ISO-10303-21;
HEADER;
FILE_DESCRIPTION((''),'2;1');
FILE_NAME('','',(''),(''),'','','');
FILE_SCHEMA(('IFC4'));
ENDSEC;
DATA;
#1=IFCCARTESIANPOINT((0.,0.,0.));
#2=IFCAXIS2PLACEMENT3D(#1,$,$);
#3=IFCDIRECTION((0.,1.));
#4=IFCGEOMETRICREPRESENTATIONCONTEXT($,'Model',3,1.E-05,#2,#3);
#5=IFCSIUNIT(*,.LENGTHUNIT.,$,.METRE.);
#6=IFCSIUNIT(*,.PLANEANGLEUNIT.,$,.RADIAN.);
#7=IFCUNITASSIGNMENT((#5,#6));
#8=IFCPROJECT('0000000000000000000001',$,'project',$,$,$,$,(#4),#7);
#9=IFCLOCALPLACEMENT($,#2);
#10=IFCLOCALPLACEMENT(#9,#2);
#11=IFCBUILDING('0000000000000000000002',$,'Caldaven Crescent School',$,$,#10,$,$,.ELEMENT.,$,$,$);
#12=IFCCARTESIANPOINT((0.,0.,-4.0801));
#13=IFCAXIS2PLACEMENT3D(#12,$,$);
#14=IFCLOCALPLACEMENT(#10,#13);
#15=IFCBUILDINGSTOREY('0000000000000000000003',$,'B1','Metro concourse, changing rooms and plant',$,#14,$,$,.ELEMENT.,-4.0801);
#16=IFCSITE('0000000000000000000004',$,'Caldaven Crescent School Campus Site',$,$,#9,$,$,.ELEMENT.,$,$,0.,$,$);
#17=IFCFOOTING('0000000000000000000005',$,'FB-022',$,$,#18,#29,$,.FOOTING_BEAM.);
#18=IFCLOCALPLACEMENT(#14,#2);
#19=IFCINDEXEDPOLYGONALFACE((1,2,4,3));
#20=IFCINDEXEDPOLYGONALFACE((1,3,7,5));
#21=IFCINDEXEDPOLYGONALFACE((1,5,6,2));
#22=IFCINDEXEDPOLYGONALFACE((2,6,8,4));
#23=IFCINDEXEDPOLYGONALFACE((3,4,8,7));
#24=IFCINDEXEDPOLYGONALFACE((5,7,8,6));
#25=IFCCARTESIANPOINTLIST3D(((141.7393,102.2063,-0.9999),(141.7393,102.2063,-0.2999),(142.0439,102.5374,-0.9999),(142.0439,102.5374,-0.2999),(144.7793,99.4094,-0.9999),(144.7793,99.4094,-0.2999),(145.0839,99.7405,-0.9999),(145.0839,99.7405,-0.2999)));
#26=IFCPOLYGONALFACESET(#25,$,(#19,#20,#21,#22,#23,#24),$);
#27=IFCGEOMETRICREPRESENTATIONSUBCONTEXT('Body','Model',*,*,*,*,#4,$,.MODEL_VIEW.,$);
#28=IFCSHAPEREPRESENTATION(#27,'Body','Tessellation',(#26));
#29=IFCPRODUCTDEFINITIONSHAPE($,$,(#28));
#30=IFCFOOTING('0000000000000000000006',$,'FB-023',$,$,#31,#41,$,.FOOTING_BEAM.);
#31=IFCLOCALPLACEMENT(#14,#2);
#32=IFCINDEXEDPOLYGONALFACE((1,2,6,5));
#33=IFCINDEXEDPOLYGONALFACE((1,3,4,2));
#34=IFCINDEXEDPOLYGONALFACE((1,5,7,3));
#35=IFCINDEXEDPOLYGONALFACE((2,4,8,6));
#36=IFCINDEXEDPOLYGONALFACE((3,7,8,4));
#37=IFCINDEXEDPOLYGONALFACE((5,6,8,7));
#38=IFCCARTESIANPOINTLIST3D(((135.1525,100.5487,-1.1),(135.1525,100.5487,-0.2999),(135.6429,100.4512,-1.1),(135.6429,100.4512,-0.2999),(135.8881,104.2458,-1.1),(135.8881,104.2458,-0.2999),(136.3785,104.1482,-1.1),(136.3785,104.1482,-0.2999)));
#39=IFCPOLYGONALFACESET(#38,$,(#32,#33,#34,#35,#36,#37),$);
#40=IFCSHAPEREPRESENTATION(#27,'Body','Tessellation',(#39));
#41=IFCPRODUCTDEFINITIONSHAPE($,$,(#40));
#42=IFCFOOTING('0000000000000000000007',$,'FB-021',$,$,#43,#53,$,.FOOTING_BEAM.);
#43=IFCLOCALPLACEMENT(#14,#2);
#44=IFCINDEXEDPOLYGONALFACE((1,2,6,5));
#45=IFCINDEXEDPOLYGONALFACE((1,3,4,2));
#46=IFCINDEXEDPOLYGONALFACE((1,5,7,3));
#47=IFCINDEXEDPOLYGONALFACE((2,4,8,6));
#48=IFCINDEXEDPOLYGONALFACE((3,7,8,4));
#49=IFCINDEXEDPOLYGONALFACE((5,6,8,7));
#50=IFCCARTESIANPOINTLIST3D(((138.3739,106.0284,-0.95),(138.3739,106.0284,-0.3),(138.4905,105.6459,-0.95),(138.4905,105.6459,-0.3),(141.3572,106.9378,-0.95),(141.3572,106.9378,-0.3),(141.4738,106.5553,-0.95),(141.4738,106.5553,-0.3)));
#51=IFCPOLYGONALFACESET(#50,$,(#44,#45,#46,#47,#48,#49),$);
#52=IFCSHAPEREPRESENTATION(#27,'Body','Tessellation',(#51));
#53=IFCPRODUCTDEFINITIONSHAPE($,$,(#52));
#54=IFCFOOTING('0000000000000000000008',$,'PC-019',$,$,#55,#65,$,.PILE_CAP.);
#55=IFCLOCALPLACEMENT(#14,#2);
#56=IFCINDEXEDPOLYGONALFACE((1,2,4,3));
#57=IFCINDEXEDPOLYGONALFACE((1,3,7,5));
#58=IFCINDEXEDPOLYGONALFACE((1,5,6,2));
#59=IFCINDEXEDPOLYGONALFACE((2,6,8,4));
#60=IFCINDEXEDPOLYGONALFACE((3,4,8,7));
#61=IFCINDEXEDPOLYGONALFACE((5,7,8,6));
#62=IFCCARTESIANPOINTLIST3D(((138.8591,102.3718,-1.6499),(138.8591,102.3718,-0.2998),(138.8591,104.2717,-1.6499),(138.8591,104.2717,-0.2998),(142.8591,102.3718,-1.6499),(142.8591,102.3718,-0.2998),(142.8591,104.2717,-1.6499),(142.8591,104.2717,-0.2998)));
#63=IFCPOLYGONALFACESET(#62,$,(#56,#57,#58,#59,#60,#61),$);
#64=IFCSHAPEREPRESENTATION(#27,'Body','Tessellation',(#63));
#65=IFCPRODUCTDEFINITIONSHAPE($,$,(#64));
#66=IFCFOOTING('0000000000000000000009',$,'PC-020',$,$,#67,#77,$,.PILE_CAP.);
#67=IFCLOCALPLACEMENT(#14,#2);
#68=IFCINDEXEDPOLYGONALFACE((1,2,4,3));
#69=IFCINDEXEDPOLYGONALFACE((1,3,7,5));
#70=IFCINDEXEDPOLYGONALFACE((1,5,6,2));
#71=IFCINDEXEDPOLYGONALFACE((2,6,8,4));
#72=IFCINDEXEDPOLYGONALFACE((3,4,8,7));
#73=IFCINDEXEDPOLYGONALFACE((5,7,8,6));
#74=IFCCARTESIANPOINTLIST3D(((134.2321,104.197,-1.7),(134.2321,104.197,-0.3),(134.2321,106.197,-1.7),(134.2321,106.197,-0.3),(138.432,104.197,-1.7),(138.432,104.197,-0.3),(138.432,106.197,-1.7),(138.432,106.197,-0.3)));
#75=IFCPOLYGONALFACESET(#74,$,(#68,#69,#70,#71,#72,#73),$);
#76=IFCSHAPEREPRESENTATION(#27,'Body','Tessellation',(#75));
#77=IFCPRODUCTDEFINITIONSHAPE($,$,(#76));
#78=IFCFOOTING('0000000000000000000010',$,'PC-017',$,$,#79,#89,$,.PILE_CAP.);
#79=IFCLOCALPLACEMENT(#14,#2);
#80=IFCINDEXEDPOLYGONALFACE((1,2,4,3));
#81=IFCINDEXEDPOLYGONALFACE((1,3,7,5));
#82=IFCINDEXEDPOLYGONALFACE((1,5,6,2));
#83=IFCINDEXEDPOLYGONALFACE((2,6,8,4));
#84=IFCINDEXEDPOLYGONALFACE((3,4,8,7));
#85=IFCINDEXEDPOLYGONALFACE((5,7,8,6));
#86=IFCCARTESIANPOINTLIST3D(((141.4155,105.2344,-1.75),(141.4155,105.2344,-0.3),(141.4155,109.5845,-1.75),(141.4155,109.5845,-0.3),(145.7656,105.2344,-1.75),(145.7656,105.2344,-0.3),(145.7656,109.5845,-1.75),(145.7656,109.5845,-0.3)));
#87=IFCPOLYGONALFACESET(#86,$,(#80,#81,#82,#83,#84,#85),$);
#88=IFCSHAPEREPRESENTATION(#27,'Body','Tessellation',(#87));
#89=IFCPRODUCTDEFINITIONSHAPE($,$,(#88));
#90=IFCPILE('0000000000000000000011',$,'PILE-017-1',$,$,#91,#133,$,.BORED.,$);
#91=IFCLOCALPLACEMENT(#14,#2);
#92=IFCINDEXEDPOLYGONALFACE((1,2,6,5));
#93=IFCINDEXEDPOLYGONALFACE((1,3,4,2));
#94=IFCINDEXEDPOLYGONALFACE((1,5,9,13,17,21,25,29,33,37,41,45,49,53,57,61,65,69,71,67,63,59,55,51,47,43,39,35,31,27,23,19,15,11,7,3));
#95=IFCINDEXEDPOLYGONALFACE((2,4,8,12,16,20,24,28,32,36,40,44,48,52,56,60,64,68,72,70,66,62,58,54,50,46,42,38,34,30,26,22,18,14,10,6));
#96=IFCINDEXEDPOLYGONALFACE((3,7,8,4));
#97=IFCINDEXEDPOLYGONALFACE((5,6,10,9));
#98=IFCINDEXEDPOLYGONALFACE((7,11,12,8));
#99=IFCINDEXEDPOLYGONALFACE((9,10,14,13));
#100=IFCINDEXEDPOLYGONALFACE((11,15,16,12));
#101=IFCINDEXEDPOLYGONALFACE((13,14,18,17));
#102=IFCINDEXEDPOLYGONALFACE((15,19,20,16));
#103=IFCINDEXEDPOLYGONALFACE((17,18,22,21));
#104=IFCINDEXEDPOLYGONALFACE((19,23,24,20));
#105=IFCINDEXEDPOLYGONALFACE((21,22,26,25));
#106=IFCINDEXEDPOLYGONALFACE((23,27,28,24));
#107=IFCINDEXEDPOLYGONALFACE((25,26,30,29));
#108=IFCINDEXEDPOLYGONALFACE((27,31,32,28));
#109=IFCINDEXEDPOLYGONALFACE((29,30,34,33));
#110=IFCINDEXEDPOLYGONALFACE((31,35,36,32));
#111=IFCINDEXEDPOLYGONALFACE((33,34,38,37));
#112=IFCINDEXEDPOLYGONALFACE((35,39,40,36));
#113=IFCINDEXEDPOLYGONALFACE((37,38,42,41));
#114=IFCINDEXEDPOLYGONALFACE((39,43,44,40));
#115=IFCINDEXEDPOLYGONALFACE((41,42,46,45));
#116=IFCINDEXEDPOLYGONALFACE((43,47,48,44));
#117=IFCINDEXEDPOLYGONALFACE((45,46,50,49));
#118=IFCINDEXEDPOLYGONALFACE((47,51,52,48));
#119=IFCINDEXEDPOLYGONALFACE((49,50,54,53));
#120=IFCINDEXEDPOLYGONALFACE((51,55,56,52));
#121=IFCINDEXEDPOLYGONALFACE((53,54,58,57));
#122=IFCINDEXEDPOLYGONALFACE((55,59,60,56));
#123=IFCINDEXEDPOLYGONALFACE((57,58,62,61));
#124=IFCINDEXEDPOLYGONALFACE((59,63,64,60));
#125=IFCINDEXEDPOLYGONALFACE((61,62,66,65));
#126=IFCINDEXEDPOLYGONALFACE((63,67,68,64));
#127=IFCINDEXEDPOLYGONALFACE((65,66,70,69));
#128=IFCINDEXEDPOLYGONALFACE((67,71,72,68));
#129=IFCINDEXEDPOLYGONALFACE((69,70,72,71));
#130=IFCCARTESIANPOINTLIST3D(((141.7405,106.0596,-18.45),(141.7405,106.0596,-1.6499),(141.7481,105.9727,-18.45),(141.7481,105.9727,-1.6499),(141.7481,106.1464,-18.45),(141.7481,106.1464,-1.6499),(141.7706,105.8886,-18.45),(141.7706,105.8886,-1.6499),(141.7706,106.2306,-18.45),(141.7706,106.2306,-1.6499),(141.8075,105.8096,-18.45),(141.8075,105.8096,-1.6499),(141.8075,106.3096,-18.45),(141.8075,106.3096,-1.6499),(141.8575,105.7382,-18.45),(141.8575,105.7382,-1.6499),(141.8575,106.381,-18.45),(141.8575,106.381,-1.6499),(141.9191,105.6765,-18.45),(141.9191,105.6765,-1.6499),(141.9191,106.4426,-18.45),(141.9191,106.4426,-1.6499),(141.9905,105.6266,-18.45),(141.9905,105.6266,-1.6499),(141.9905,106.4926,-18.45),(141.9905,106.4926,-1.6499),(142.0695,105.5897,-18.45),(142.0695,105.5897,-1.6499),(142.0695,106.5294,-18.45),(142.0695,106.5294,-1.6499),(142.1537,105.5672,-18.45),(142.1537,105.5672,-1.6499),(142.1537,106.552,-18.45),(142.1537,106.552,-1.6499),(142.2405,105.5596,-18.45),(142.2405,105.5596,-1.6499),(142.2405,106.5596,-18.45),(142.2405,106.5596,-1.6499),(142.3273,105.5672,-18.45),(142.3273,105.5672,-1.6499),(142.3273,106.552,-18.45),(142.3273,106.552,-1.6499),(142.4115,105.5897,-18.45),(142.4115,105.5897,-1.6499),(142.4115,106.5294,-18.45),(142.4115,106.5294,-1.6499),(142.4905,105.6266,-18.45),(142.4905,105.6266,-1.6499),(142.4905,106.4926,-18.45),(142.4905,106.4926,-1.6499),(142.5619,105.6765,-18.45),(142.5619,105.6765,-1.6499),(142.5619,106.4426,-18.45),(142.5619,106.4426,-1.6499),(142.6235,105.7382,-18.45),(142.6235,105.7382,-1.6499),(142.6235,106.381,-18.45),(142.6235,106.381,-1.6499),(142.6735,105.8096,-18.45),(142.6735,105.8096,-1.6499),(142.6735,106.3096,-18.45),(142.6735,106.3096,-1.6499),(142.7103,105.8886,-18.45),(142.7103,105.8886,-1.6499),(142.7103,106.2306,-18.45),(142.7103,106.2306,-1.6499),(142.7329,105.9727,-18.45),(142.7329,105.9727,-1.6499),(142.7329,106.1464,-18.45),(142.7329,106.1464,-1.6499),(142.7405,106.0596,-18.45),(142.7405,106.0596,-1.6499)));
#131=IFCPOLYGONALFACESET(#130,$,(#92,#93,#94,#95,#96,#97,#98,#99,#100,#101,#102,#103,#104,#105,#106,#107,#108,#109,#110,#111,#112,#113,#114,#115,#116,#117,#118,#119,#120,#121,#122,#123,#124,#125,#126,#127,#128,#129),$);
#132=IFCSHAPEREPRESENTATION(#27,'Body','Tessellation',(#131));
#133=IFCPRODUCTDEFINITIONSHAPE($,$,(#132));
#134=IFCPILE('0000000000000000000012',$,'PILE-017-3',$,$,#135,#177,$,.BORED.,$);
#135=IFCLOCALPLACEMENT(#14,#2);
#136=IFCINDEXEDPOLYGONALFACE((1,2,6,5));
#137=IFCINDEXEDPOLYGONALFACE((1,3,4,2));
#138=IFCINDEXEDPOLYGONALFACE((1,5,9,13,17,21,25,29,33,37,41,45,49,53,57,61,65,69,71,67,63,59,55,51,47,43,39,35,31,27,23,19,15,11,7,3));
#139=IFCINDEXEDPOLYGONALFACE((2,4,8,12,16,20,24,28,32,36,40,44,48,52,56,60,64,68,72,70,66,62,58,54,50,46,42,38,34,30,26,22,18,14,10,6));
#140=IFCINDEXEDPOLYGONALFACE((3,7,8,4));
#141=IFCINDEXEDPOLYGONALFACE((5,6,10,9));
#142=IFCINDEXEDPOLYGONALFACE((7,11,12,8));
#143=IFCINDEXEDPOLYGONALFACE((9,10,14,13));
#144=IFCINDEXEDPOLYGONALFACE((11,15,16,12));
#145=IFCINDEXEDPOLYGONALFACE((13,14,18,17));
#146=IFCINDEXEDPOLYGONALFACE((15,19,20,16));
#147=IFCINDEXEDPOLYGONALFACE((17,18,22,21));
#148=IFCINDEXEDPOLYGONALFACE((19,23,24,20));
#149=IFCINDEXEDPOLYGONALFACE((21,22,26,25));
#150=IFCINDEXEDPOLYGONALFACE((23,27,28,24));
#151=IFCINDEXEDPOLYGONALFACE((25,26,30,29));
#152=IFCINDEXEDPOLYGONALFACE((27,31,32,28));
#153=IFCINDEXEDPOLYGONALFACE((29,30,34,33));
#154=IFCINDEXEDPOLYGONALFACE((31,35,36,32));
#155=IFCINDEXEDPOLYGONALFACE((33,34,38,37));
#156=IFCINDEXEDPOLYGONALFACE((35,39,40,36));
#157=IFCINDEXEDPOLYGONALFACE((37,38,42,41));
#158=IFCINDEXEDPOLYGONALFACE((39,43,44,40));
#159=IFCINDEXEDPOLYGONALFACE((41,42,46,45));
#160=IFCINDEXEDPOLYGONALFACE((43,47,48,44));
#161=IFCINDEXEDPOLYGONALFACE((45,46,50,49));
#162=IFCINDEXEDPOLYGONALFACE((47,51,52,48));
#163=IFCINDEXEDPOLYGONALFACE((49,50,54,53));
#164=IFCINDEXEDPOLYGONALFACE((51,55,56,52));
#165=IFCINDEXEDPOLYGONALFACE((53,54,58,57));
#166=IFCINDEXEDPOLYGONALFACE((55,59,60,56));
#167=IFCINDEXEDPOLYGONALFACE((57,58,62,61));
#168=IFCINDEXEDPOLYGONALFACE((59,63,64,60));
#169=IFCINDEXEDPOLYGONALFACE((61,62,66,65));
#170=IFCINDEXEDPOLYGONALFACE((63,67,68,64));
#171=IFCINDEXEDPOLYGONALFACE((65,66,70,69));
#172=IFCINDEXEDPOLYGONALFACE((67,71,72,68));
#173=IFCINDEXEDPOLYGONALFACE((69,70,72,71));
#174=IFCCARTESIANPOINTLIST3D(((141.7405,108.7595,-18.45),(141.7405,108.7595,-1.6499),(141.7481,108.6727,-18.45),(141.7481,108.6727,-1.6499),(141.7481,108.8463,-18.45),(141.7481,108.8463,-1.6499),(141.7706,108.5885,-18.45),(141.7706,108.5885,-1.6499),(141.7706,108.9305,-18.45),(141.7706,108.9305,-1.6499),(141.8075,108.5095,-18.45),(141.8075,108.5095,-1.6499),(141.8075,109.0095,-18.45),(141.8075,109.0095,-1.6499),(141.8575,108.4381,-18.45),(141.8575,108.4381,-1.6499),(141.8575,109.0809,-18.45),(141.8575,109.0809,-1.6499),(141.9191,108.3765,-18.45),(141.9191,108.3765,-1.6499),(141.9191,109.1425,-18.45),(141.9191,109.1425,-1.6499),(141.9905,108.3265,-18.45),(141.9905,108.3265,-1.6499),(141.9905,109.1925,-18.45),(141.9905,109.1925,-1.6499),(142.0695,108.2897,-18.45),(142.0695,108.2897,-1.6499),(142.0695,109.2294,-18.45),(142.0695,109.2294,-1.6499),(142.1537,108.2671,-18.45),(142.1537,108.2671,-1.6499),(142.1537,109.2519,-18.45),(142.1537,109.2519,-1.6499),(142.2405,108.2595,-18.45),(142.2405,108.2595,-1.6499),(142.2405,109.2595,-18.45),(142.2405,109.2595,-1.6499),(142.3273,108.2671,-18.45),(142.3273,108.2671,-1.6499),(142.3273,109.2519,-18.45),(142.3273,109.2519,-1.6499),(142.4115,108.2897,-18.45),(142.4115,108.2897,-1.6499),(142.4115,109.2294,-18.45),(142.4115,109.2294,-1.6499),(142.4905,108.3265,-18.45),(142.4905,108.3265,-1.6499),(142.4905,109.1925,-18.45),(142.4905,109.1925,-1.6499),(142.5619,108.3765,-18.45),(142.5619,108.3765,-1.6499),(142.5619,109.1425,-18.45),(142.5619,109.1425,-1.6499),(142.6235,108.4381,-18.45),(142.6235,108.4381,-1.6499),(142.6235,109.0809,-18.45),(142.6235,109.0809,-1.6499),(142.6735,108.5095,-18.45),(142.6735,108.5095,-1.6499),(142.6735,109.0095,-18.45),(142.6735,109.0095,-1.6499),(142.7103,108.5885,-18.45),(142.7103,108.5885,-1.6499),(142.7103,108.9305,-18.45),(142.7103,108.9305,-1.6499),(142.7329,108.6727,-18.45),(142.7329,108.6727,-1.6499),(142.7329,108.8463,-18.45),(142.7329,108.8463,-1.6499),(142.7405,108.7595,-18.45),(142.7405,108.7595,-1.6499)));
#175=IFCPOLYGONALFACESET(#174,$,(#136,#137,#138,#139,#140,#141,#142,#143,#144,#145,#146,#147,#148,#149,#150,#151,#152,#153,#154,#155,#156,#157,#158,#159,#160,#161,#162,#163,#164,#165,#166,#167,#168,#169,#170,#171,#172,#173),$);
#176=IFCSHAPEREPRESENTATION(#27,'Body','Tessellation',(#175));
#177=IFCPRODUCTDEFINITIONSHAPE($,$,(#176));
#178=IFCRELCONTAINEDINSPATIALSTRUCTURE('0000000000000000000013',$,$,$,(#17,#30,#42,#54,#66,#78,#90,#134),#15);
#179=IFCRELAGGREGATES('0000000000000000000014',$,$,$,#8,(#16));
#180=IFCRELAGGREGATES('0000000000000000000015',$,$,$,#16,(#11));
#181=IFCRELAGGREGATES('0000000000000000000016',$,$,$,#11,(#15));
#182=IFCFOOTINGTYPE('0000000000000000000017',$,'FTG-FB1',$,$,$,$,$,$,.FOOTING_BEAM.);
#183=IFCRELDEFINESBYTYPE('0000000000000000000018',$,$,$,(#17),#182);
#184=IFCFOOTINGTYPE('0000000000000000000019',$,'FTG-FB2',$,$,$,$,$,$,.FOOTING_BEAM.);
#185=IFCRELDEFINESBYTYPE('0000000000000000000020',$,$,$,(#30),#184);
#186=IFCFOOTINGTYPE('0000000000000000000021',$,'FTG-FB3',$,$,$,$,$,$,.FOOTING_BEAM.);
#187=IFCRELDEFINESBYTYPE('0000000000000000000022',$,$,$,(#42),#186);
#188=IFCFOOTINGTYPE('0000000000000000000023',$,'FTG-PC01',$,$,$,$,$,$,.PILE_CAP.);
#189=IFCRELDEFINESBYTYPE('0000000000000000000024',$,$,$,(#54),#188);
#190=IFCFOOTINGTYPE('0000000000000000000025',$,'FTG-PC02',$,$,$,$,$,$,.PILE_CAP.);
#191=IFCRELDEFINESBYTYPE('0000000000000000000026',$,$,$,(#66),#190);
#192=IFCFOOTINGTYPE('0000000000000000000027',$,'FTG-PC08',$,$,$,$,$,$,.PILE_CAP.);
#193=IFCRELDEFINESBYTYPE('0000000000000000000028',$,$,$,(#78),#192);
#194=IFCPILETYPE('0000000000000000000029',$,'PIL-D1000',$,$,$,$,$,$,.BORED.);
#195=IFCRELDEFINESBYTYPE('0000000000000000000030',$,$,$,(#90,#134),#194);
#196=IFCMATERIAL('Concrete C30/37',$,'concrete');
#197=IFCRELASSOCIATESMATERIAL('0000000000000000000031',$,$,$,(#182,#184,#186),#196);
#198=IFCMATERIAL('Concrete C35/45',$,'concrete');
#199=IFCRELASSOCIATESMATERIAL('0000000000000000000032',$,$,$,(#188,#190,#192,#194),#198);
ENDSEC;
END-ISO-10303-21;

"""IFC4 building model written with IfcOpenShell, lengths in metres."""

from ifc_helpers import new_model, si_unit, direction, frame, origin, origin_2d, place, context, subcontext, project, spatial, rectangle, circle, extrude, material, material_profile, profile_set, type_object, element, save


model = new_model("IFC4")

# Units and contexts
model_context = context("Model", 3, precision=1e-05, world=origin(), true_north=direction((0.0, 1.0)))
body_context = subcontext(model_context, "Body", "Model", "MODEL_VIEW")
ifc_project = project(units=[si_unit("LENGTHUNIT", "METRE"), si_unit("PLANEANGLEUNIT", "RADIAN")], contexts=[model_context])

# Site, building, storey
site_placement = place(None, origin())
site = spatial("IfcSite", under=ifc_project, at=site_placement, Name="Caldaven Crescent School Campus Site", CompositionType="ELEMENT", RefElevation=0.0)
building_placement = place(site_placement, origin())
building = spatial("IfcBuilding", under=site, at=building_placement, Name="Caldaven Crescent School", CompositionType="ELEMENT")
storey_placement = place(building_placement, frame((0.0, 0.0, -4.0801)))
storey = spatial("IfcBuildingStorey", under=building, at=storey_placement, Name="B1", Description="Metro concourse, changing rooms and plant", CompositionType="ELEMENT", Elevation=-4.0801)

# Footings
ifc_material_1 = material(Name="Concrete C30/37", Category="concrete")
ifc_material_profile_1 = material_profile(ifc_material_1, rectangle(XDim=0.45, YDim=0.7, at=origin_2d()), Name="FB 450x700")
ifc_profile_set_1 = profile_set([ifc_material_profile_1], Name="Concrete C30/37")
footing_type_1 = type_object("IfcFootingType", Name="FTG-FB1", PredefinedType="FOOTING_BEAM", material=ifc_profile_set_1)
footing_1_placement = place(storey_placement, frame((141.8916, 102.3718, -0.6499), z_axis=(0.735926, -0.677062, 0.0), x_axis=(0.677062, 0.735926, 0.0)))
element("IfcFooting", 1, at=footing_1_placement, inside=storey, type_object=footing_type_1, Name="FB-022", PredefinedType="FOOTING_BEAM", context=body_context, shape_type="SweptSolid", body=[
    extrude(rectangle(XDim=0.45, YDim=0.7, at=origin_2d()), origin(), (0.0, 0.0, 1.0), 4.1309),
])
ifc_material_profile_2 = material_profile(ifc_material_1, rectangle(XDim=0.5, YDim=0.8, at=origin_2d()), Name="FB 500x800")
ifc_profile_set_2 = profile_set([ifc_material_profile_2], Name="Concrete C30/37")
footing_type_2 = type_object("IfcFootingType", Name="FTG-FB2", PredefinedType="FOOTING_BEAM", material=ifc_profile_set_2)
footing_2_placement = place(storey_placement, frame((136.1333, 104.197, -0.7), z_axis=(-0.195145, -0.980774, 0.0), x_axis=(0.980774, -0.195145, 0.0)))
element("IfcFooting", 2, at=footing_2_placement, inside=storey, type_object=footing_type_2, Name="FB-023", PredefinedType="FOOTING_BEAM", context=body_context, shape_type="SweptSolid", body=[
    extrude(rectangle(XDim=0.5, YDim=0.8, at=origin_2d()), origin(), (0.0, 0.0, 1.0), 3.7695),
])
ifc_material_profile_3 = material_profile(ifc_material_1, rectangle(XDim=0.3999, YDim=0.6499, at=origin_2d()), Name="FB 400x650")
ifc_profile_set_3 = profile_set([ifc_material_profile_3], Name="Concrete C30/37")
footing_type_3 = type_object("IfcFootingType", Name="FTG-FB3", PredefinedType="FOOTING_BEAM", material=ifc_profile_set_3)
footing_3_placement = place(storey_placement, frame((141.4155, 106.7466, -0.625), z_axis=(-0.956546, -0.291582, 0.0), x_axis=(0.291582, -0.956546, 0.0)))
element("IfcFooting", 3, at=footing_3_placement, inside=storey, type_object=footing_type_3, Name="FB-021", PredefinedType="FOOTING_BEAM", context=body_context, shape_type="SweptSolid", body=[
    extrude(rectangle(XDim=0.3999, YDim=0.6499, at=origin_2d()), origin(), (0.0, 0.0, 1.0), 3.1189),
])
ifc_material_2 = material(Name="Concrete C35/45", Category="concrete")
footing_type_4 = type_object("IfcFootingType", Name="FTG-PC01", PredefinedType="PILE_CAP", material=ifc_material_2)
footing_4_placement = place(storey_placement, frame((140.8591, 103.3218, -1.6499), z_axis=(0.0, 0.0, 1.0), x_axis=(1.0, 0.0, 0.0)))
element("IfcFooting", 4, at=footing_4_placement, inside=storey, type_object=footing_type_4, Name="PC-019", PredefinedType="PILE_CAP", context=body_context, shape_type="SweptSolid", body=[
    extrude(rectangle(XDim=4.0, YDim=1.8999, at=origin_2d()), origin(), (0.0, 0.0, 1.0), 1.3501),
])
footing_type_5 = type_object("IfcFootingType", Name="FTG-PC02", PredefinedType="PILE_CAP", material=ifc_material_2)
footing_5_placement = place(storey_placement, frame((136.332, 105.197, -1.7), z_axis=(0.0, 0.0, 1.0), x_axis=(1.0, 0.0, 0.0)))
element("IfcFooting", 5, at=footing_5_placement, inside=storey, type_object=footing_type_5, Name="PC-020", PredefinedType="PILE_CAP", context=body_context, shape_type="SweptSolid", body=[
    extrude(rectangle(XDim=4.2, YDim=2.0, at=origin_2d()), origin(), (0.0, 0.0, 1.0), 1.3999),
])
footing_type_6 = type_object("IfcFootingType", Name="FTG-PC08", PredefinedType="PILE_CAP", material=ifc_material_2)
footing_6_placement = place(storey_placement, frame((143.5906, 107.4094, -1.75), z_axis=(0.0, 0.0, 1.0), x_axis=(1.0, 0.0, 0.0)))
element("IfcFooting", 6, at=footing_6_placement, inside=storey, type_object=footing_type_6, Name="PC-017", PredefinedType="PILE_CAP", context=body_context, shape_type="SweptSolid", body=[
    extrude(rectangle(XDim=4.3501, YDim=4.3501, at=origin_2d()), origin(), (0.0, 0.0, 1.0), 1.45),
])

# Piles
ifc_material_profile_4 = material_profile(ifc_material_2, circle(Radius=0.5, at=origin_2d()), Name="PILE D1000")
ifc_profile_set_4 = profile_set([ifc_material_profile_4], Name="Concrete C35/45")
pile_type_1 = type_object("IfcPileType", Name="PIL-D1000", PredefinedType="BORED", material=ifc_profile_set_4)
for number, where, z_axis, x_axis, name in (
    (7, (142.2405, 106.0596, -1.6499), (0.0, 0.0, -1.0), (1.0, 0.0, 0.0), "PILE-017-1"),
    (8, (142.2405, 108.7595, -1.6499), (0.0, 0.0, -1.0), (1.0, 0.0, 0.0), "PILE-017-3"),
):
    element("IfcPile", number, at=place(storey_placement, frame(where, z_axis=z_axis, x_axis=x_axis)), inside=storey, type_object=pile_type_1, Name=name, PredefinedType="BORED", context=body_context, shape_type="SweptSolid", body=[
        extrude(circle(Radius=0.5, at=origin_2d()), origin(), (0.0, 0.0, 1.0), 16.8),
    ])

save(model, "model.ifc")
